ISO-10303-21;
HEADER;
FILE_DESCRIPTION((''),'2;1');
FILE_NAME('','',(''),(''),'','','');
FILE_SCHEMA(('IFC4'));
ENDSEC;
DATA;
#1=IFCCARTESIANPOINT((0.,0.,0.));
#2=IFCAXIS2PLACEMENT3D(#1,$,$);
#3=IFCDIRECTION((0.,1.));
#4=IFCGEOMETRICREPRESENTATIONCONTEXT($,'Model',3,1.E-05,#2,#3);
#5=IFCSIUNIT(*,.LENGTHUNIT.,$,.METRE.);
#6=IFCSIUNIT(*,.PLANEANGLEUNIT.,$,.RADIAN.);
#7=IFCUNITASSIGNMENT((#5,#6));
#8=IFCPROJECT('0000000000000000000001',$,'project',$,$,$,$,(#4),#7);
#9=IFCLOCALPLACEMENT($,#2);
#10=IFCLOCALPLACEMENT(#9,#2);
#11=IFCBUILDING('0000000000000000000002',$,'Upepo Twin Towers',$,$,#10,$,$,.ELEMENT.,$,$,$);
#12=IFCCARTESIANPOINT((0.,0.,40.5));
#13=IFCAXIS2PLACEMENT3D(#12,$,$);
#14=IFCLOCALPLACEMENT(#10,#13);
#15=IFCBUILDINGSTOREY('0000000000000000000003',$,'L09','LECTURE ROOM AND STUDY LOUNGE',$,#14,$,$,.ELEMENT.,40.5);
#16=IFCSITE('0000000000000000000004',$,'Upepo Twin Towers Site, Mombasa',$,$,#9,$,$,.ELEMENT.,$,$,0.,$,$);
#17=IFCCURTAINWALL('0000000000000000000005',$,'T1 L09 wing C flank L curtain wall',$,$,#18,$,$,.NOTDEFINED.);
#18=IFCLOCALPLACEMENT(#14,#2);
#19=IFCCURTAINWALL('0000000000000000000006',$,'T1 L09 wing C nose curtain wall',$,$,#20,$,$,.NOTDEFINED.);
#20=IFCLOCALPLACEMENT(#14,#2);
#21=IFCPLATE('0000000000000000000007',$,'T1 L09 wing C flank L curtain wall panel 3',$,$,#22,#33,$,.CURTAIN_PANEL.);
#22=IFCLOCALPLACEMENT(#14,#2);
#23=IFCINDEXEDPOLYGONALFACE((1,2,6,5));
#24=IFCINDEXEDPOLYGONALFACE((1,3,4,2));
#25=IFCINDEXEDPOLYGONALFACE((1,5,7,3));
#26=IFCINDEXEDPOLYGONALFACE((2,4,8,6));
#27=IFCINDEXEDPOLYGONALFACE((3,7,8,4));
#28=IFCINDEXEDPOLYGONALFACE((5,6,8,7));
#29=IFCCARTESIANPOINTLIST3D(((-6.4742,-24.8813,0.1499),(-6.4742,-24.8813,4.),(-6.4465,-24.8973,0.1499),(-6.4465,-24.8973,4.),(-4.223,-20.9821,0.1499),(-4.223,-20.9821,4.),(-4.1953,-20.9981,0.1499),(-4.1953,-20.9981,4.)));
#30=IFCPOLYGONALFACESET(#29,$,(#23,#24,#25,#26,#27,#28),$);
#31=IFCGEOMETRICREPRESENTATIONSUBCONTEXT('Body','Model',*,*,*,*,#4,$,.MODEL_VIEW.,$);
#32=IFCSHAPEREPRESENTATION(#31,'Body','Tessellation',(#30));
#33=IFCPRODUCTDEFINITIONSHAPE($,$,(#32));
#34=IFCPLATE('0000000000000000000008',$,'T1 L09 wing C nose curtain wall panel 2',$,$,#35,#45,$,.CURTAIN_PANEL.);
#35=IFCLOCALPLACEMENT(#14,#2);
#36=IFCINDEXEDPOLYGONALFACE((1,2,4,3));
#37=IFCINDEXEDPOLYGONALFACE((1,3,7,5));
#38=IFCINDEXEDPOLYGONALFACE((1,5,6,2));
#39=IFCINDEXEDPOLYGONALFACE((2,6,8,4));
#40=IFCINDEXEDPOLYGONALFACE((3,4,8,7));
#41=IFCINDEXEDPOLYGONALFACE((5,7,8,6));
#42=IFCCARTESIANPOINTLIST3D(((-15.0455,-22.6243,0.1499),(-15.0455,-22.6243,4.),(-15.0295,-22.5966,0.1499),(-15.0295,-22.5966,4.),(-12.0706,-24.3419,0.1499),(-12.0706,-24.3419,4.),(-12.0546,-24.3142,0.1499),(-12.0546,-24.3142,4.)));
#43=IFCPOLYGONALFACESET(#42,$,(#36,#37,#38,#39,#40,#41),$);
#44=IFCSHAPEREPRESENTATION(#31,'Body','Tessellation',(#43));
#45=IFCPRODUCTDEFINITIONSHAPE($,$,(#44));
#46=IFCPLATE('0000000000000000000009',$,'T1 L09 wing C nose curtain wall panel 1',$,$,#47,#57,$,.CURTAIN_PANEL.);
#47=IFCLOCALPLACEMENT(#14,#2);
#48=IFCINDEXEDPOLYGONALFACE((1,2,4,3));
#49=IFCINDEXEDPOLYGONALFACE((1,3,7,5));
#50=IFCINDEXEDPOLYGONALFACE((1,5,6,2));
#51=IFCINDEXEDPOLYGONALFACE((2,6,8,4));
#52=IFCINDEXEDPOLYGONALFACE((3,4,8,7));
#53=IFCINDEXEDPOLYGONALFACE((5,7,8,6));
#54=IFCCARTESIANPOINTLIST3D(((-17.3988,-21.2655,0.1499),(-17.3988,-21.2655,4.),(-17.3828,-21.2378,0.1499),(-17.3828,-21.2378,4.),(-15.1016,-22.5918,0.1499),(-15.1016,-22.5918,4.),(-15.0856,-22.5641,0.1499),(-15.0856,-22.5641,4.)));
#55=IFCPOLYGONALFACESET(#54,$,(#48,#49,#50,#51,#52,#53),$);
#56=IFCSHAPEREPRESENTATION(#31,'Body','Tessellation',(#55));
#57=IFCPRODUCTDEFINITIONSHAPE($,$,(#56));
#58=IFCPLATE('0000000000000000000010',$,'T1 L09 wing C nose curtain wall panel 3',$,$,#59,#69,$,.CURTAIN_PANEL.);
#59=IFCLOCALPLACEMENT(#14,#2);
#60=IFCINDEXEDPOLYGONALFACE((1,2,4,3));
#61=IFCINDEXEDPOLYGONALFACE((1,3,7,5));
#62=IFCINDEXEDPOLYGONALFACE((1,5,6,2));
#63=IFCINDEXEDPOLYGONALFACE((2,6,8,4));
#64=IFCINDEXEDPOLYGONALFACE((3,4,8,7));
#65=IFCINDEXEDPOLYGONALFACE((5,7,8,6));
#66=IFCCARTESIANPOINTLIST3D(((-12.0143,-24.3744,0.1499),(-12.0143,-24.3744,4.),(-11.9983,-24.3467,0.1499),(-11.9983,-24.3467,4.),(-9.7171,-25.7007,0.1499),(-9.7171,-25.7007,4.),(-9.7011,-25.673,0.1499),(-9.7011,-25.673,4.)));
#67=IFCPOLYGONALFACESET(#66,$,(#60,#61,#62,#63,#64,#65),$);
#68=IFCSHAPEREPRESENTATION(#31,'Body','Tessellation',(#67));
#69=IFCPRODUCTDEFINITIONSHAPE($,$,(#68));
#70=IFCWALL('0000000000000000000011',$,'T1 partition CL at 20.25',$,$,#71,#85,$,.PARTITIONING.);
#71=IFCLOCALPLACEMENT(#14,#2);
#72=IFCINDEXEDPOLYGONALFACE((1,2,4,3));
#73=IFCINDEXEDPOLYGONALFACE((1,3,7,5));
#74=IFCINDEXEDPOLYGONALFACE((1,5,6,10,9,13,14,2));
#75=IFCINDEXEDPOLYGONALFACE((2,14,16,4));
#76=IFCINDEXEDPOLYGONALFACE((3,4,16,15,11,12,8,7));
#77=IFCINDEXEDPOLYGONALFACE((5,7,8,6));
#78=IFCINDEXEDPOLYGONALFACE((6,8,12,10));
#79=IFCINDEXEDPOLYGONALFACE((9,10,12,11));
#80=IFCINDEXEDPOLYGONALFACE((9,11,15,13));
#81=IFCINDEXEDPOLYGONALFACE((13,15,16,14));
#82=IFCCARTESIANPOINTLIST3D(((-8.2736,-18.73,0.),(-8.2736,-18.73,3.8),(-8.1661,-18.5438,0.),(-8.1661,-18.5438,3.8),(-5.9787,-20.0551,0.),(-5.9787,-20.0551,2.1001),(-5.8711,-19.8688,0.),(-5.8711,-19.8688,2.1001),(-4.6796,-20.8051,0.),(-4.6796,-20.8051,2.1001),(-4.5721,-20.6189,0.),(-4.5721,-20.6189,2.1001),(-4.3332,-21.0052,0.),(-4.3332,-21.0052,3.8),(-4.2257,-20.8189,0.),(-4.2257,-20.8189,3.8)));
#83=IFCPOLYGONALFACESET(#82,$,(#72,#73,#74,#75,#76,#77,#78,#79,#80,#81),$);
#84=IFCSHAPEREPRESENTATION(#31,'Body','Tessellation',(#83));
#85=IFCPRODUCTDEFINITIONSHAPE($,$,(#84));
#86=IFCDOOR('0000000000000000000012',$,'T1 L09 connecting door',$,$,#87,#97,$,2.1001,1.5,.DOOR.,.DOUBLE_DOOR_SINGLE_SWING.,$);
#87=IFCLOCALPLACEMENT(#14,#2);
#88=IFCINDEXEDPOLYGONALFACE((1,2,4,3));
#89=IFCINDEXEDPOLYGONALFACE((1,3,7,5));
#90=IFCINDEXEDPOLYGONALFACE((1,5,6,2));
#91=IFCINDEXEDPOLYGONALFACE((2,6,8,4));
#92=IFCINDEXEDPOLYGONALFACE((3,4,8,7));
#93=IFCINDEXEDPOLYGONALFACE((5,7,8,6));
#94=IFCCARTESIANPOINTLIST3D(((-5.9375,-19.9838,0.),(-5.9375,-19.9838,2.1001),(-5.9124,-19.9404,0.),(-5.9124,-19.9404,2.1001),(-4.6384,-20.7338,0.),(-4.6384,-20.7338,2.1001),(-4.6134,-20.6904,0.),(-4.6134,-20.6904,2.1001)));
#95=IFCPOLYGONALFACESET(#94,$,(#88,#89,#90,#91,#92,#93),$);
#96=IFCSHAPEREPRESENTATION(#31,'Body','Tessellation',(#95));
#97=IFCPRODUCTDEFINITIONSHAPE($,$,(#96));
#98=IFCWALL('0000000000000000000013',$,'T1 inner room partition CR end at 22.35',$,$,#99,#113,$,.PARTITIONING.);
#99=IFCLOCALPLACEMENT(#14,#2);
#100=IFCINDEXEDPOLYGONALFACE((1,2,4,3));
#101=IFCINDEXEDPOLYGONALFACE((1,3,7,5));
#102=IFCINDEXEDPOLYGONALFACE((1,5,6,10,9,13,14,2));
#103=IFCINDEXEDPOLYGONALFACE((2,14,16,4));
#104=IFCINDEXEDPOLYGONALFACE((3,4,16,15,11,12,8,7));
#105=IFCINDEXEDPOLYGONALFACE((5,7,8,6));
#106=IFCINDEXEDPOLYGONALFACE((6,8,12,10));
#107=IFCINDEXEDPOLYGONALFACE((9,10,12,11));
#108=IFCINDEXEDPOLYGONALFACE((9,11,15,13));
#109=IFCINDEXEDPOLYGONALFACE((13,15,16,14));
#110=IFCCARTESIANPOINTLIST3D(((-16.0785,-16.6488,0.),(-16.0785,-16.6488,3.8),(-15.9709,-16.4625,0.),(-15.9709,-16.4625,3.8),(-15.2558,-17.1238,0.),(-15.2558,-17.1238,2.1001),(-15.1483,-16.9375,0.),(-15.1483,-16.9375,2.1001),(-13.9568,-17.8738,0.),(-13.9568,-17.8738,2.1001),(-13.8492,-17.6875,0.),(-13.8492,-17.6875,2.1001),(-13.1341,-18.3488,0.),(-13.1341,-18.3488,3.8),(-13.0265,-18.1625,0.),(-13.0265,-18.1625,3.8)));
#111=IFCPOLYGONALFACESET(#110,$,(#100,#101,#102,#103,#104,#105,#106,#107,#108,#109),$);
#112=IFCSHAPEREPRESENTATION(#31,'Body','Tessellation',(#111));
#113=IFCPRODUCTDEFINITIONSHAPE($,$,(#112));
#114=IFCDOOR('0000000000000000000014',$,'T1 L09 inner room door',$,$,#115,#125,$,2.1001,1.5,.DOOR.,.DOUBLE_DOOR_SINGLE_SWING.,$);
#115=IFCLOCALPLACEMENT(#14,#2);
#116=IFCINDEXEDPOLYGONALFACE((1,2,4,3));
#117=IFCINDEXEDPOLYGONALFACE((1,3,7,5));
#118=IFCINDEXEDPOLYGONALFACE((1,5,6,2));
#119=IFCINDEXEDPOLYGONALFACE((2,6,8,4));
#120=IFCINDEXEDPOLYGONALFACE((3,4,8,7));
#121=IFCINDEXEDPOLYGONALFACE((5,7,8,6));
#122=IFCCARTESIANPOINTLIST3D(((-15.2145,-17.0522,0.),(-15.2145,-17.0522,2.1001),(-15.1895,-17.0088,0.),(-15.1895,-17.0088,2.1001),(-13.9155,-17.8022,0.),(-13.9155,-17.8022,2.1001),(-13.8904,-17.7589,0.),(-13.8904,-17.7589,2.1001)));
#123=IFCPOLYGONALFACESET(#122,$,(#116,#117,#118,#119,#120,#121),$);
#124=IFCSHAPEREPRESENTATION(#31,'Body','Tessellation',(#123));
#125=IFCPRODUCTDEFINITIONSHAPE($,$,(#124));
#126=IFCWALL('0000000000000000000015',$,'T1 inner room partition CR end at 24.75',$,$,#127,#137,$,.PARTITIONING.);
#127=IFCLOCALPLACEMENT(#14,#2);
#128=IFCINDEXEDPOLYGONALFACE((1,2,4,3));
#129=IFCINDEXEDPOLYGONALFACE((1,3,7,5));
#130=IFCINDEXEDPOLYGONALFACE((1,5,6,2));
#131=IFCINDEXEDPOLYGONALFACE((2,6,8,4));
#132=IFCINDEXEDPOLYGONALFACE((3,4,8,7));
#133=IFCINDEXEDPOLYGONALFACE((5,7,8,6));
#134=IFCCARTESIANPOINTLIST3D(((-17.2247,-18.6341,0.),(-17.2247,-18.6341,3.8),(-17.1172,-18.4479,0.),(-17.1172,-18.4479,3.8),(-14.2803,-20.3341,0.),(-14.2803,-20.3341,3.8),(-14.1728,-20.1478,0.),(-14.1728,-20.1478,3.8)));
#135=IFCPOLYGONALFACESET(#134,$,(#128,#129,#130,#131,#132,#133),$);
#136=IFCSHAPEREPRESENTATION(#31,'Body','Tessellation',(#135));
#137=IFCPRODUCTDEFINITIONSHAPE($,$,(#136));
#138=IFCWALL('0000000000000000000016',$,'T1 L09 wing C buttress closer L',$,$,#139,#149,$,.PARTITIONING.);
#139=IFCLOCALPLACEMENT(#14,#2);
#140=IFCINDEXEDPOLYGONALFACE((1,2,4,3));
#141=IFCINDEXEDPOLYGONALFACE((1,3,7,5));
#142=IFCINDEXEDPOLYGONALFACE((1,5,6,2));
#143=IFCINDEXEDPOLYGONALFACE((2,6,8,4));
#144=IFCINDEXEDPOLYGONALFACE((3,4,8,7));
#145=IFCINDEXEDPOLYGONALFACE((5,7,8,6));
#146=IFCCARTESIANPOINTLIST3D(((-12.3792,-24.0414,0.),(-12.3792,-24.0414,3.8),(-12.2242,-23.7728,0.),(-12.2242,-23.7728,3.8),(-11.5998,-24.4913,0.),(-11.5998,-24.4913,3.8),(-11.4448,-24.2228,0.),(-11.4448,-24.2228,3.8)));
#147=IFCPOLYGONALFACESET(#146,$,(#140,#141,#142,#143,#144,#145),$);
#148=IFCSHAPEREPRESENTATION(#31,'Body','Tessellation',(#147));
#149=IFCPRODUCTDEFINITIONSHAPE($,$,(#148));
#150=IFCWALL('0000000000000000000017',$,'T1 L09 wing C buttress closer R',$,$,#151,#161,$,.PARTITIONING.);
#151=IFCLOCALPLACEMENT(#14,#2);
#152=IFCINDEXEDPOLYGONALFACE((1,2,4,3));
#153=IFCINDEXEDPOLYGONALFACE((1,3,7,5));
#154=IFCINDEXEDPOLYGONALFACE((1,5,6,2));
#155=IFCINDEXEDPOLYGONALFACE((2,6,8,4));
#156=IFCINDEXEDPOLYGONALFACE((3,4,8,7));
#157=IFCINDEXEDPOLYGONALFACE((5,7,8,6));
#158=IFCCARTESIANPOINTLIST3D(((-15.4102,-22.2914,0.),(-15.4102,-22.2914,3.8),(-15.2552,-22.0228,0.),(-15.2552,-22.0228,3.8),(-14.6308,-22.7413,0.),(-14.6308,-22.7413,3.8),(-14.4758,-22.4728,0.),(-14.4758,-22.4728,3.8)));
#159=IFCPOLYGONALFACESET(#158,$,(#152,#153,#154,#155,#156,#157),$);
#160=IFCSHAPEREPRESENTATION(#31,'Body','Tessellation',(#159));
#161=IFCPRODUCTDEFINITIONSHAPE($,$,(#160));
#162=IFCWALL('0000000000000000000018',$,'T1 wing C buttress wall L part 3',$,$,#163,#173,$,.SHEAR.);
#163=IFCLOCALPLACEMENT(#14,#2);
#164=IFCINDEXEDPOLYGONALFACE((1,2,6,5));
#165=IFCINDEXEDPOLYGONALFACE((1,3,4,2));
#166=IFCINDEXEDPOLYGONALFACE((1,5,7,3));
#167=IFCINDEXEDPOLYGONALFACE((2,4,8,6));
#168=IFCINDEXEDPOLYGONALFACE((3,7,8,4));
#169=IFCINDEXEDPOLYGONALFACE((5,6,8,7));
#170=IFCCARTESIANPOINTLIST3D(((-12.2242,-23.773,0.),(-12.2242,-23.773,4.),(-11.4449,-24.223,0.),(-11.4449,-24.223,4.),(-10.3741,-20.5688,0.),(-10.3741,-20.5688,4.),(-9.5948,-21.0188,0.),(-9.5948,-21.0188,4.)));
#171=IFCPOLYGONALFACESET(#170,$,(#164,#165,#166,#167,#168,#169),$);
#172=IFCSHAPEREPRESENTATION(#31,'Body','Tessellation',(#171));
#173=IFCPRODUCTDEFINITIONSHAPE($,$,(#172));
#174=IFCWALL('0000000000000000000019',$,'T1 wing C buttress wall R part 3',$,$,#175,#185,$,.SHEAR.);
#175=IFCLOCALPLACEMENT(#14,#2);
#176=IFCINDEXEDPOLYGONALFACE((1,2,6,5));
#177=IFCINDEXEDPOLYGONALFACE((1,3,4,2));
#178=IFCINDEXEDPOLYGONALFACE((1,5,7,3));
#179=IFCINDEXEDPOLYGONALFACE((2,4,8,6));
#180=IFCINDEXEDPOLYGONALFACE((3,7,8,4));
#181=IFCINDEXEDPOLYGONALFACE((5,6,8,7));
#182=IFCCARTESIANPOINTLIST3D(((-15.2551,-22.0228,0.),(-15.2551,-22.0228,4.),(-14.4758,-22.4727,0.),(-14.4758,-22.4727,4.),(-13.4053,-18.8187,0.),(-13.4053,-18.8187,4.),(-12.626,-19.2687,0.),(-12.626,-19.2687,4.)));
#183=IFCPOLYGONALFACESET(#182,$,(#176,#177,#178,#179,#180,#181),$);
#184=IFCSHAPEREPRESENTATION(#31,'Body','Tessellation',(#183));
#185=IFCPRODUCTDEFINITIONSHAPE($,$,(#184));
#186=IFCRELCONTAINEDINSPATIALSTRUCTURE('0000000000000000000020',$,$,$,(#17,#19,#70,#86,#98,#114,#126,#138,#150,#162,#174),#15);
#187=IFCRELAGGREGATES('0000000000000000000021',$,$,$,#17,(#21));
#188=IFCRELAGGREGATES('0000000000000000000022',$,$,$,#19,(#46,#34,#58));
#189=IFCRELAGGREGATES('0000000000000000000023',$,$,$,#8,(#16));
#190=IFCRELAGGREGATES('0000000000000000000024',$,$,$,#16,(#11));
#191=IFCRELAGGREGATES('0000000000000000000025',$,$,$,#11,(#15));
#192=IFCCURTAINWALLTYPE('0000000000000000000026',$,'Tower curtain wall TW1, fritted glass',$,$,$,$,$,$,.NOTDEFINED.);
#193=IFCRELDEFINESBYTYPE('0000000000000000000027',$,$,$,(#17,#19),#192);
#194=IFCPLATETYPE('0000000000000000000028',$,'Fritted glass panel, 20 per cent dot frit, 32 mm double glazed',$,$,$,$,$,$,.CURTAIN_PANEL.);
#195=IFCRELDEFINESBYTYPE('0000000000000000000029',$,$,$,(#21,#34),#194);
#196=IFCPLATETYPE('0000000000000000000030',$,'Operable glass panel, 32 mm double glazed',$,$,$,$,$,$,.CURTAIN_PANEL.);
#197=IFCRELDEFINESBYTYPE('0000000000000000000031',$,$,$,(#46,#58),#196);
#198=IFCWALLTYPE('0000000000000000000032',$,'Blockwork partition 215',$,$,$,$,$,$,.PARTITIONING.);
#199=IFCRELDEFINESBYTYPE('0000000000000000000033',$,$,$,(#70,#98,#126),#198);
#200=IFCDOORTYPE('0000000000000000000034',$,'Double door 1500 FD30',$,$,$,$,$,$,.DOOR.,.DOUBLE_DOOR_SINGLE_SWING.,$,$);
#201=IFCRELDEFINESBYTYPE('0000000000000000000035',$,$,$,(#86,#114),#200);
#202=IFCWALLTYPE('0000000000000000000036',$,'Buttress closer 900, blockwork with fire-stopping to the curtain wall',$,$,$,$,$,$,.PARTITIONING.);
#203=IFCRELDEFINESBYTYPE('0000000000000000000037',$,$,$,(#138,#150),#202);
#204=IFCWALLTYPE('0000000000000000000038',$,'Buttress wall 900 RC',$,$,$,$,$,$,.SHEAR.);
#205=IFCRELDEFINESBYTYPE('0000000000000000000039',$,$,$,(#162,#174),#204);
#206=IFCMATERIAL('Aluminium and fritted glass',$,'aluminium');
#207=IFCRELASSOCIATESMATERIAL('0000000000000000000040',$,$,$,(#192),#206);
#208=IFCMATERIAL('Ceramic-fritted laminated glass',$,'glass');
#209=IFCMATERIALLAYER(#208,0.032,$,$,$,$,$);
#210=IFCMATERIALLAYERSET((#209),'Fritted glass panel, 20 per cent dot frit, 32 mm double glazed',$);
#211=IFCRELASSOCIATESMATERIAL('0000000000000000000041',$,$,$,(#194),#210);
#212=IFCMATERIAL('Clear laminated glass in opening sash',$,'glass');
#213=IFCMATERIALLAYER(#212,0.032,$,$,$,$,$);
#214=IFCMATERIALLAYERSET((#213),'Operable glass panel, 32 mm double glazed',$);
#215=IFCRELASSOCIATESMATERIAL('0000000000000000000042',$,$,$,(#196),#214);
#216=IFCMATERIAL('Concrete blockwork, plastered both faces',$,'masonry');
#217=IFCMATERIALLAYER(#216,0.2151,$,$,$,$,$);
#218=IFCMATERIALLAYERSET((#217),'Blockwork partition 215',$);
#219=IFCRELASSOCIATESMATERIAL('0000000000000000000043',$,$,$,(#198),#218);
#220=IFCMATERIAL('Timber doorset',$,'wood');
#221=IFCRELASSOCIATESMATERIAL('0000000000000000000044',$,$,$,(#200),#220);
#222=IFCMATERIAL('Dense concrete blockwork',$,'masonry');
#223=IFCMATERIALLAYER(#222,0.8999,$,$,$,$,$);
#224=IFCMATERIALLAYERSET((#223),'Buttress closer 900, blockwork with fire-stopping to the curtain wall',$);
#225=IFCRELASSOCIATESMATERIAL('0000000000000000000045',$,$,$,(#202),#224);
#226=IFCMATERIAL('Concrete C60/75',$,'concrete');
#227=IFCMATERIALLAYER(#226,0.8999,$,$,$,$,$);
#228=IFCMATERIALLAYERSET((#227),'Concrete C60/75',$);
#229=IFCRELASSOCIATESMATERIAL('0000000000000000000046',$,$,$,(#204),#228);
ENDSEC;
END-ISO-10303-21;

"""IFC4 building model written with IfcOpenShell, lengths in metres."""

from ifc_helpers import new_model, si_unit, direction, frame, frame_2d, origin, origin_2d, place, context, subcontext, project, spatial, rectangle, extrude, material, layer, layer_set, type_object, element, fill, aggregate, save


model = new_model("IFC4")

# Units and contexts
model_context = context("Model", 3, precision=1e-05, world=origin(), true_north=direction((0.0, 1.0)))
body_context = subcontext(model_context, "Body", "Model", "MODEL_VIEW")
ifc_project = project(units=[si_unit("LENGTHUNIT", "METRE"), si_unit("PLANEANGLEUNIT", "RADIAN")], contexts=[model_context])

# Site, building, storey
site_placement = place(None, origin())
site = spatial("IfcSite", under=ifc_project, at=site_placement, Name="Upepo Twin Towers Site, Mombasa", CompositionType="ELEMENT", RefElevation=0.0)
building_placement = place(site_placement, origin())
building = spatial("IfcBuilding", under=site, at=building_placement, Name="Upepo Twin Towers", CompositionType="ELEMENT")
storey_placement = place(building_placement, frame((0.0, 0.0, 40.5)))
storey = spatial("IfcBuildingStorey", under=building, at=storey_placement, Name="L09", Description="LECTURE ROOM AND STUDY LOUNGE", CompositionType="ELEMENT", Elevation=40.5)

# Curtain wall
ifc_material_1 = material(Name="Aluminium and fritted glass", Category="aluminium")
curtain_wall_type = type_object("IfcCurtainWallType", Name="Tower curtain wall TW1, fritted glass", PredefinedType="NOTDEFINED", material=ifc_material_1)
curtain_wall_1_placement = place(storey_placement, origin())
curtain_wall_1 = element("IfcCurtainWall", 1, at=curtain_wall_1_placement, inside=storey, type_object=curtain_wall_type, Name="T1 L09 wing C flank L curtain wall", PredefinedType="NOTDEFINED")

# Curtain wall
curtain_wall_2_placement = place(storey_placement, origin())
curtain_wall_2 = element("IfcCurtainWall", 2, at=curtain_wall_2_placement, inside=storey, type_object=curtain_wall_type, Name="T1 L09 wing C nose curtain wall", PredefinedType="NOTDEFINED")

# Plates
ifc_material_2 = material(Name="Ceramic-fritted laminated glass", Category="glass")
ifc_layer_1 = layer(ifc_material_2, 0.032)
ifc_layer_set_1 = layer_set([ifc_layer_1], Name="Fritted glass panel, 20 per cent dot frit, 32 mm double glazed")
plate_type_1 = type_object("IfcPlateType", Name="Fritted glass panel, 20 per cent dot frit, 32 mm double glazed", PredefinedType="CURTAIN_PANEL", material=ifc_layer_set_1)
plate_1_placement = place(storey_placement, frame((-5.3347, -22.9397, 0.1499), z_axis=(0.0, 0.0, 1.0), x_axis=(-0.5, -0.866025, 0.0)))
plate_1 = element("IfcPlate", 3, at=plate_1_placement, type_object=plate_type_1, Name="T1 L09 wing C flank L curtain wall panel 3", PredefinedType="CURTAIN_PANEL", context=body_context, shape_type="SweptSolid", body=[
    extrude(rectangle(XDim=4.5024, YDim=0.032, at=origin_2d()), origin(), (0.0, 0.0, 1.0), 3.8501),
])
aggregate(curtain_wall_1, [plate_1])
plate_2_placement = place(storey_placement, frame((-13.55, -23.4692, 0.1499), z_axis=(0.0, 0.0, 1.0), x_axis=(0.866025, -0.5, 0.0)))
plate_2 = element("IfcPlate", 4, at=plate_2_placement, type_object=plate_type_1, Name="T1 L09 wing C nose curtain wall panel 2", PredefinedType="CURTAIN_PANEL", context=body_context, shape_type="SweptSolid", body=[
    extrude(rectangle(XDim=3.4351, YDim=0.032, at=origin_2d()), origin(), (0.0, 0.0, 1.0), 3.8501),
])
ifc_material_3 = material(Name="Clear laminated glass in opening sash", Category="glass")
ifc_layer_2 = layer(ifc_material_3, 0.032)
ifc_layer_set_2 = layer_set([ifc_layer_2], Name="Operable glass panel, 32 mm double glazed")
plate_type_2 = type_object("IfcPlateType", Name="Operable glass panel, 32 mm double glazed", PredefinedType="CURTAIN_PANEL", material=ifc_layer_set_2)
plate_3_placement = place(storey_placement, frame((-16.2422, -21.9148, 0.1499), z_axis=(0.0, 0.0, 1.0), x_axis=(0.866025, -0.5, 0.0)))
plate_3 = element("IfcPlate", 5, at=plate_3_placement, type_object=plate_type_2, Name="T1 L09 wing C nose curtain wall panel 1", PredefinedType="CURTAIN_PANEL", context=body_context, shape_type="SweptSolid", body=[
    extrude(rectangle(XDim=2.6526, YDim=0.032, at=origin_2d()), origin(), (0.0, 0.0, 1.0), 3.8501),
])
plate_4_placement = place(storey_placement, frame((-10.8577, -25.0237, 0.1499), z_axis=(0.0, 0.0, 1.0), x_axis=(0.866025, -0.5, 0.0)))
plate_4 = element("IfcPlate", 6, at=plate_4_placement, type_object=plate_type_2, Name="T1 L09 wing C nose curtain wall panel 3", PredefinedType="CURTAIN_PANEL", context=body_context, shape_type="SweptSolid", body=[
    extrude(rectangle(XDim=2.6526, YDim=0.032, at=origin_2d()), origin(), (0.0, 0.0, 1.0), 3.8501),
])
aggregate(curtain_wall_2, [plate_3, plate_2, plate_4])

# Walls, openings, doors
ifc_material_4 = material(Name="Concrete blockwork, plastered both faces", Category="masonry")
ifc_layer_3 = layer(ifc_material_4, 0.2151)
ifc_layer_set_3 = layer_set([ifc_layer_3], Name="Blockwork partition 215")
wall_type_1 = type_object("IfcWallType", Name="Blockwork partition 215", PredefinedType="PARTITIONING", material=ifc_layer_set_3)
wall_1_placement = place(storey_placement, frame((-8.2197, -18.637, 0.0), z_axis=(0.0, 0.0, 1.0), x_axis=(0.866012, -0.500023, 0.0)))
wall_1 = element("IfcWall", 7, at=wall_1_placement, inside=storey, type_object=wall_type_1, Name="T1 partition CL at 20.25", PredefinedType="PARTITIONING", context=body_context, shape_type="SweptSolid", body=[
    extrude(rectangle(XDim=4.55, YDim=0.2151, at=frame_2d((2.2749, 0.0))), origin(), (0.0, 0.0, 1.0), 3.8),
])
opening_1_placement = place(wall_1_placement, frame((2.6499, 0.0, 0.0)))
opening_1 = element("IfcOpeningElement", 8, at=opening_1_placement, cuts=wall_1, PredefinedType="OPENING", context=body_context, shape_type="SweptSolid", body=[
    extrude(rectangle(XDim=1.5, YDim=2.1001, at=frame_2d((0.75, 1.05))), frame((0.0, 0.1174, 0.0), z_axis=(0.0, -1.0, 0.0), x_axis=(1.0, 0.0, 0.0)), (0.0, 0.0, 1.0), 0.2351),
])
ifc_material_5 = material(Name="Timber doorset", Category="wood")
door_type = type_object("IfcDoorType", Name="Double door 1500 FD30", OperationType="DOUBLE_DOOR_SINGLE_SWING", PredefinedType="DOOR", material=ifc_material_5)
door_1_placement = place(opening_1_placement, origin())
door_1 = element("IfcDoor", 9, at=door_1_placement, inside=storey, type_object=door_type, Name="T1 L09 connecting door", OperationType="DOUBLE_DOOR_SINGLE_SWING", OverallHeight=2.1001, OverallWidth=1.5, PredefinedType="DOOR", context=body_context, shape_type="SweptSolid", body=[
    extrude(rectangle(XDim=1.5, YDim=2.1001, at=frame_2d((0.75, 1.05))), frame((0.0, 0.0249, 0.0), z_axis=(0.0, -1.0, 0.0), x_axis=(1.0, 0.0, 0.0)), (0.0, 0.0, 1.0), 0.05),
])
fill(opening_1, door_1)
wall_2_placement = place(storey_placement, frame((-13.0803, -18.2556, 0.0), z_axis=(0.0, 0.0, 1.0), x_axis=(-0.866021, 0.500008, 0.0)))
wall_2 = element("IfcWall", 10, at=wall_2_placement, inside=storey, type_object=wall_type_1, Name="T1 inner room partition CR end at 22.35", PredefinedType="PARTITIONING", context=body_context, shape_type="SweptSolid", body=[
    extrude(rectangle(XDim=3.3999, YDim=0.2151, at=frame_2d((1.7, 0.0))), origin(), (0.0, 0.0, 1.0), 3.8),
])
opening_2_placement = place(wall_2_placement, frame((0.95, 0.0, 0.0)))
opening_2 = element("IfcOpeningElement", 11, at=opening_2_placement, cuts=wall_2, PredefinedType="OPENING", context=body_context, shape_type="SweptSolid", body=[
    extrude(rectangle(XDim=1.5, YDim=2.1001, at=frame_2d((0.75, 1.05))), frame((0.0, 0.1174, 0.0), z_axis=(0.0, -1.0, 0.0), x_axis=(1.0, 0.0, 0.0)), (0.0, 0.0, 1.0), 0.2351),
])
door_2_placement = place(opening_2_placement, origin())
door_2 = element("IfcDoor", 12, at=door_2_placement, inside=storey, type_object=door_type, Name="T1 L09 inner room door", OperationType="DOUBLE_DOOR_SINGLE_SWING", OverallHeight=2.1001, OverallWidth=1.5, PredefinedType="DOOR", context=body_context, shape_type="SweptSolid", body=[
    extrude(rectangle(XDim=1.5, YDim=2.1001, at=frame_2d((0.75, 1.05))), frame((0.0, 0.0249, 0.0), z_axis=(0.0, -1.0, 0.0), x_axis=(1.0, 0.0, 0.0)), (0.0, 0.0, 1.0), 0.05),
])
fill(opening_2, door_2)

# Walls
wall_3_placement = place(storey_placement, frame((-14.2266, -20.241, 0.0), z_axis=(0.0, 0.0, 1.0), x_axis=(-0.866021, 0.500008, 0.0)))
element("IfcWall", 13, at=wall_3_placement, inside=storey, type_object=wall_type_1, Name="T1 inner room partition CR end at 24.75", PredefinedType="PARTITIONING", context=body_context, shape_type="SweptSolid", body=[
    extrude(rectangle(XDim=3.3999, YDim=0.2151, at=frame_2d((1.7, 0.0))), origin(), (0.0, 0.0, 1.0), 3.8),
])
ifc_material_6 = material(Name="Dense concrete blockwork", Category="masonry")
ifc_layer_4 = layer(ifc_material_6, 0.8999)
ifc_layer_set_4 = layer_set([ifc_layer_4], Name="Buttress closer 900, blockwork with fire-stopping to the curtain wall")
wall_type_2 = type_object("IfcWallType", Name="Buttress closer 900, blockwork with fire-stopping to the curtain wall", PredefinedType="PARTITIONING", material=ifc_layer_set_4)
for number, where, z_axis, x_axis, name in (
    (14, (-11.8345, -23.9978, 0.0), (0.0, 0.0, 1.0), (-0.49995, -0.866054, 0.0), "T1 L09 wing C buttress closer L"),
    (15, (-14.8655, -22.2478, 0.0), (0.0, 0.0, 1.0), (-0.49995, -0.866054, 0.0), "T1 L09 wing C buttress closer R"),
):
    element("IfcWall", number, at=place(storey_placement, frame(where, z_axis=z_axis, x_axis=x_axis)), inside=storey, type_object=wall_type_2, Name=name, PredefinedType="PARTITIONING", context=body_context, shape_type="SweptSolid", body=[
        extrude(rectangle(XDim=0.3101, YDim=0.8999, at=frame_2d((0.155, 0.0))), origin(), (0.0, 0.0, 1.0), 3.8),
    ])
ifc_material_7 = material(Name="Concrete C60/75", Category="concrete")
ifc_layer_5 = layer(ifc_material_7, 0.8999)
ifc_layer_set_5 = layer_set([ifc_layer_5], Name="Concrete C60/75")
wall_type_3 = type_object("IfcWallType", Name="Buttress wall 900 RC", PredefinedType="SHEAR", material=ifc_layer_set_5)
wall_4_placement = place(storey_placement, frame((-9.9844, -20.7937, 0.0), z_axis=(0.0, 0.0, 1.0), x_axis=(-0.500042, -0.866001, 0.0)))
element("IfcWall", 16, at=wall_4_placement, inside=storey, type_object=wall_type_3, Name="T1 wing C buttress wall L part 3", PredefinedType="SHEAR", context=body_context, shape_type="SweptSolid", body=[
    extrude(rectangle(XDim=3.7, YDim=0.8999, at=frame_2d((1.8501, 0.0))), origin(), (0.0, 0.0, 1.0), 4.0),
])
wall_5_placement = place(storey_placement, frame((-13.0156, -19.0437, 0.0), z_axis=(0.0, 0.0, 1.0), x_axis=(-0.499993, -0.86603, 0.0)))
element("IfcWall", 17, at=wall_5_placement, inside=storey, type_object=wall_type_3, Name="T1 wing C buttress wall R part 3", PredefinedType="SHEAR", context=body_context, shape_type="SweptSolid", body=[
    extrude(rectangle(XDim=3.6997, YDim=0.8999, at=frame_2d((1.8499, 0.0))), origin(), (0.0, 0.0, 1.0), 4.0),
])

save(model, "model.ifc")
